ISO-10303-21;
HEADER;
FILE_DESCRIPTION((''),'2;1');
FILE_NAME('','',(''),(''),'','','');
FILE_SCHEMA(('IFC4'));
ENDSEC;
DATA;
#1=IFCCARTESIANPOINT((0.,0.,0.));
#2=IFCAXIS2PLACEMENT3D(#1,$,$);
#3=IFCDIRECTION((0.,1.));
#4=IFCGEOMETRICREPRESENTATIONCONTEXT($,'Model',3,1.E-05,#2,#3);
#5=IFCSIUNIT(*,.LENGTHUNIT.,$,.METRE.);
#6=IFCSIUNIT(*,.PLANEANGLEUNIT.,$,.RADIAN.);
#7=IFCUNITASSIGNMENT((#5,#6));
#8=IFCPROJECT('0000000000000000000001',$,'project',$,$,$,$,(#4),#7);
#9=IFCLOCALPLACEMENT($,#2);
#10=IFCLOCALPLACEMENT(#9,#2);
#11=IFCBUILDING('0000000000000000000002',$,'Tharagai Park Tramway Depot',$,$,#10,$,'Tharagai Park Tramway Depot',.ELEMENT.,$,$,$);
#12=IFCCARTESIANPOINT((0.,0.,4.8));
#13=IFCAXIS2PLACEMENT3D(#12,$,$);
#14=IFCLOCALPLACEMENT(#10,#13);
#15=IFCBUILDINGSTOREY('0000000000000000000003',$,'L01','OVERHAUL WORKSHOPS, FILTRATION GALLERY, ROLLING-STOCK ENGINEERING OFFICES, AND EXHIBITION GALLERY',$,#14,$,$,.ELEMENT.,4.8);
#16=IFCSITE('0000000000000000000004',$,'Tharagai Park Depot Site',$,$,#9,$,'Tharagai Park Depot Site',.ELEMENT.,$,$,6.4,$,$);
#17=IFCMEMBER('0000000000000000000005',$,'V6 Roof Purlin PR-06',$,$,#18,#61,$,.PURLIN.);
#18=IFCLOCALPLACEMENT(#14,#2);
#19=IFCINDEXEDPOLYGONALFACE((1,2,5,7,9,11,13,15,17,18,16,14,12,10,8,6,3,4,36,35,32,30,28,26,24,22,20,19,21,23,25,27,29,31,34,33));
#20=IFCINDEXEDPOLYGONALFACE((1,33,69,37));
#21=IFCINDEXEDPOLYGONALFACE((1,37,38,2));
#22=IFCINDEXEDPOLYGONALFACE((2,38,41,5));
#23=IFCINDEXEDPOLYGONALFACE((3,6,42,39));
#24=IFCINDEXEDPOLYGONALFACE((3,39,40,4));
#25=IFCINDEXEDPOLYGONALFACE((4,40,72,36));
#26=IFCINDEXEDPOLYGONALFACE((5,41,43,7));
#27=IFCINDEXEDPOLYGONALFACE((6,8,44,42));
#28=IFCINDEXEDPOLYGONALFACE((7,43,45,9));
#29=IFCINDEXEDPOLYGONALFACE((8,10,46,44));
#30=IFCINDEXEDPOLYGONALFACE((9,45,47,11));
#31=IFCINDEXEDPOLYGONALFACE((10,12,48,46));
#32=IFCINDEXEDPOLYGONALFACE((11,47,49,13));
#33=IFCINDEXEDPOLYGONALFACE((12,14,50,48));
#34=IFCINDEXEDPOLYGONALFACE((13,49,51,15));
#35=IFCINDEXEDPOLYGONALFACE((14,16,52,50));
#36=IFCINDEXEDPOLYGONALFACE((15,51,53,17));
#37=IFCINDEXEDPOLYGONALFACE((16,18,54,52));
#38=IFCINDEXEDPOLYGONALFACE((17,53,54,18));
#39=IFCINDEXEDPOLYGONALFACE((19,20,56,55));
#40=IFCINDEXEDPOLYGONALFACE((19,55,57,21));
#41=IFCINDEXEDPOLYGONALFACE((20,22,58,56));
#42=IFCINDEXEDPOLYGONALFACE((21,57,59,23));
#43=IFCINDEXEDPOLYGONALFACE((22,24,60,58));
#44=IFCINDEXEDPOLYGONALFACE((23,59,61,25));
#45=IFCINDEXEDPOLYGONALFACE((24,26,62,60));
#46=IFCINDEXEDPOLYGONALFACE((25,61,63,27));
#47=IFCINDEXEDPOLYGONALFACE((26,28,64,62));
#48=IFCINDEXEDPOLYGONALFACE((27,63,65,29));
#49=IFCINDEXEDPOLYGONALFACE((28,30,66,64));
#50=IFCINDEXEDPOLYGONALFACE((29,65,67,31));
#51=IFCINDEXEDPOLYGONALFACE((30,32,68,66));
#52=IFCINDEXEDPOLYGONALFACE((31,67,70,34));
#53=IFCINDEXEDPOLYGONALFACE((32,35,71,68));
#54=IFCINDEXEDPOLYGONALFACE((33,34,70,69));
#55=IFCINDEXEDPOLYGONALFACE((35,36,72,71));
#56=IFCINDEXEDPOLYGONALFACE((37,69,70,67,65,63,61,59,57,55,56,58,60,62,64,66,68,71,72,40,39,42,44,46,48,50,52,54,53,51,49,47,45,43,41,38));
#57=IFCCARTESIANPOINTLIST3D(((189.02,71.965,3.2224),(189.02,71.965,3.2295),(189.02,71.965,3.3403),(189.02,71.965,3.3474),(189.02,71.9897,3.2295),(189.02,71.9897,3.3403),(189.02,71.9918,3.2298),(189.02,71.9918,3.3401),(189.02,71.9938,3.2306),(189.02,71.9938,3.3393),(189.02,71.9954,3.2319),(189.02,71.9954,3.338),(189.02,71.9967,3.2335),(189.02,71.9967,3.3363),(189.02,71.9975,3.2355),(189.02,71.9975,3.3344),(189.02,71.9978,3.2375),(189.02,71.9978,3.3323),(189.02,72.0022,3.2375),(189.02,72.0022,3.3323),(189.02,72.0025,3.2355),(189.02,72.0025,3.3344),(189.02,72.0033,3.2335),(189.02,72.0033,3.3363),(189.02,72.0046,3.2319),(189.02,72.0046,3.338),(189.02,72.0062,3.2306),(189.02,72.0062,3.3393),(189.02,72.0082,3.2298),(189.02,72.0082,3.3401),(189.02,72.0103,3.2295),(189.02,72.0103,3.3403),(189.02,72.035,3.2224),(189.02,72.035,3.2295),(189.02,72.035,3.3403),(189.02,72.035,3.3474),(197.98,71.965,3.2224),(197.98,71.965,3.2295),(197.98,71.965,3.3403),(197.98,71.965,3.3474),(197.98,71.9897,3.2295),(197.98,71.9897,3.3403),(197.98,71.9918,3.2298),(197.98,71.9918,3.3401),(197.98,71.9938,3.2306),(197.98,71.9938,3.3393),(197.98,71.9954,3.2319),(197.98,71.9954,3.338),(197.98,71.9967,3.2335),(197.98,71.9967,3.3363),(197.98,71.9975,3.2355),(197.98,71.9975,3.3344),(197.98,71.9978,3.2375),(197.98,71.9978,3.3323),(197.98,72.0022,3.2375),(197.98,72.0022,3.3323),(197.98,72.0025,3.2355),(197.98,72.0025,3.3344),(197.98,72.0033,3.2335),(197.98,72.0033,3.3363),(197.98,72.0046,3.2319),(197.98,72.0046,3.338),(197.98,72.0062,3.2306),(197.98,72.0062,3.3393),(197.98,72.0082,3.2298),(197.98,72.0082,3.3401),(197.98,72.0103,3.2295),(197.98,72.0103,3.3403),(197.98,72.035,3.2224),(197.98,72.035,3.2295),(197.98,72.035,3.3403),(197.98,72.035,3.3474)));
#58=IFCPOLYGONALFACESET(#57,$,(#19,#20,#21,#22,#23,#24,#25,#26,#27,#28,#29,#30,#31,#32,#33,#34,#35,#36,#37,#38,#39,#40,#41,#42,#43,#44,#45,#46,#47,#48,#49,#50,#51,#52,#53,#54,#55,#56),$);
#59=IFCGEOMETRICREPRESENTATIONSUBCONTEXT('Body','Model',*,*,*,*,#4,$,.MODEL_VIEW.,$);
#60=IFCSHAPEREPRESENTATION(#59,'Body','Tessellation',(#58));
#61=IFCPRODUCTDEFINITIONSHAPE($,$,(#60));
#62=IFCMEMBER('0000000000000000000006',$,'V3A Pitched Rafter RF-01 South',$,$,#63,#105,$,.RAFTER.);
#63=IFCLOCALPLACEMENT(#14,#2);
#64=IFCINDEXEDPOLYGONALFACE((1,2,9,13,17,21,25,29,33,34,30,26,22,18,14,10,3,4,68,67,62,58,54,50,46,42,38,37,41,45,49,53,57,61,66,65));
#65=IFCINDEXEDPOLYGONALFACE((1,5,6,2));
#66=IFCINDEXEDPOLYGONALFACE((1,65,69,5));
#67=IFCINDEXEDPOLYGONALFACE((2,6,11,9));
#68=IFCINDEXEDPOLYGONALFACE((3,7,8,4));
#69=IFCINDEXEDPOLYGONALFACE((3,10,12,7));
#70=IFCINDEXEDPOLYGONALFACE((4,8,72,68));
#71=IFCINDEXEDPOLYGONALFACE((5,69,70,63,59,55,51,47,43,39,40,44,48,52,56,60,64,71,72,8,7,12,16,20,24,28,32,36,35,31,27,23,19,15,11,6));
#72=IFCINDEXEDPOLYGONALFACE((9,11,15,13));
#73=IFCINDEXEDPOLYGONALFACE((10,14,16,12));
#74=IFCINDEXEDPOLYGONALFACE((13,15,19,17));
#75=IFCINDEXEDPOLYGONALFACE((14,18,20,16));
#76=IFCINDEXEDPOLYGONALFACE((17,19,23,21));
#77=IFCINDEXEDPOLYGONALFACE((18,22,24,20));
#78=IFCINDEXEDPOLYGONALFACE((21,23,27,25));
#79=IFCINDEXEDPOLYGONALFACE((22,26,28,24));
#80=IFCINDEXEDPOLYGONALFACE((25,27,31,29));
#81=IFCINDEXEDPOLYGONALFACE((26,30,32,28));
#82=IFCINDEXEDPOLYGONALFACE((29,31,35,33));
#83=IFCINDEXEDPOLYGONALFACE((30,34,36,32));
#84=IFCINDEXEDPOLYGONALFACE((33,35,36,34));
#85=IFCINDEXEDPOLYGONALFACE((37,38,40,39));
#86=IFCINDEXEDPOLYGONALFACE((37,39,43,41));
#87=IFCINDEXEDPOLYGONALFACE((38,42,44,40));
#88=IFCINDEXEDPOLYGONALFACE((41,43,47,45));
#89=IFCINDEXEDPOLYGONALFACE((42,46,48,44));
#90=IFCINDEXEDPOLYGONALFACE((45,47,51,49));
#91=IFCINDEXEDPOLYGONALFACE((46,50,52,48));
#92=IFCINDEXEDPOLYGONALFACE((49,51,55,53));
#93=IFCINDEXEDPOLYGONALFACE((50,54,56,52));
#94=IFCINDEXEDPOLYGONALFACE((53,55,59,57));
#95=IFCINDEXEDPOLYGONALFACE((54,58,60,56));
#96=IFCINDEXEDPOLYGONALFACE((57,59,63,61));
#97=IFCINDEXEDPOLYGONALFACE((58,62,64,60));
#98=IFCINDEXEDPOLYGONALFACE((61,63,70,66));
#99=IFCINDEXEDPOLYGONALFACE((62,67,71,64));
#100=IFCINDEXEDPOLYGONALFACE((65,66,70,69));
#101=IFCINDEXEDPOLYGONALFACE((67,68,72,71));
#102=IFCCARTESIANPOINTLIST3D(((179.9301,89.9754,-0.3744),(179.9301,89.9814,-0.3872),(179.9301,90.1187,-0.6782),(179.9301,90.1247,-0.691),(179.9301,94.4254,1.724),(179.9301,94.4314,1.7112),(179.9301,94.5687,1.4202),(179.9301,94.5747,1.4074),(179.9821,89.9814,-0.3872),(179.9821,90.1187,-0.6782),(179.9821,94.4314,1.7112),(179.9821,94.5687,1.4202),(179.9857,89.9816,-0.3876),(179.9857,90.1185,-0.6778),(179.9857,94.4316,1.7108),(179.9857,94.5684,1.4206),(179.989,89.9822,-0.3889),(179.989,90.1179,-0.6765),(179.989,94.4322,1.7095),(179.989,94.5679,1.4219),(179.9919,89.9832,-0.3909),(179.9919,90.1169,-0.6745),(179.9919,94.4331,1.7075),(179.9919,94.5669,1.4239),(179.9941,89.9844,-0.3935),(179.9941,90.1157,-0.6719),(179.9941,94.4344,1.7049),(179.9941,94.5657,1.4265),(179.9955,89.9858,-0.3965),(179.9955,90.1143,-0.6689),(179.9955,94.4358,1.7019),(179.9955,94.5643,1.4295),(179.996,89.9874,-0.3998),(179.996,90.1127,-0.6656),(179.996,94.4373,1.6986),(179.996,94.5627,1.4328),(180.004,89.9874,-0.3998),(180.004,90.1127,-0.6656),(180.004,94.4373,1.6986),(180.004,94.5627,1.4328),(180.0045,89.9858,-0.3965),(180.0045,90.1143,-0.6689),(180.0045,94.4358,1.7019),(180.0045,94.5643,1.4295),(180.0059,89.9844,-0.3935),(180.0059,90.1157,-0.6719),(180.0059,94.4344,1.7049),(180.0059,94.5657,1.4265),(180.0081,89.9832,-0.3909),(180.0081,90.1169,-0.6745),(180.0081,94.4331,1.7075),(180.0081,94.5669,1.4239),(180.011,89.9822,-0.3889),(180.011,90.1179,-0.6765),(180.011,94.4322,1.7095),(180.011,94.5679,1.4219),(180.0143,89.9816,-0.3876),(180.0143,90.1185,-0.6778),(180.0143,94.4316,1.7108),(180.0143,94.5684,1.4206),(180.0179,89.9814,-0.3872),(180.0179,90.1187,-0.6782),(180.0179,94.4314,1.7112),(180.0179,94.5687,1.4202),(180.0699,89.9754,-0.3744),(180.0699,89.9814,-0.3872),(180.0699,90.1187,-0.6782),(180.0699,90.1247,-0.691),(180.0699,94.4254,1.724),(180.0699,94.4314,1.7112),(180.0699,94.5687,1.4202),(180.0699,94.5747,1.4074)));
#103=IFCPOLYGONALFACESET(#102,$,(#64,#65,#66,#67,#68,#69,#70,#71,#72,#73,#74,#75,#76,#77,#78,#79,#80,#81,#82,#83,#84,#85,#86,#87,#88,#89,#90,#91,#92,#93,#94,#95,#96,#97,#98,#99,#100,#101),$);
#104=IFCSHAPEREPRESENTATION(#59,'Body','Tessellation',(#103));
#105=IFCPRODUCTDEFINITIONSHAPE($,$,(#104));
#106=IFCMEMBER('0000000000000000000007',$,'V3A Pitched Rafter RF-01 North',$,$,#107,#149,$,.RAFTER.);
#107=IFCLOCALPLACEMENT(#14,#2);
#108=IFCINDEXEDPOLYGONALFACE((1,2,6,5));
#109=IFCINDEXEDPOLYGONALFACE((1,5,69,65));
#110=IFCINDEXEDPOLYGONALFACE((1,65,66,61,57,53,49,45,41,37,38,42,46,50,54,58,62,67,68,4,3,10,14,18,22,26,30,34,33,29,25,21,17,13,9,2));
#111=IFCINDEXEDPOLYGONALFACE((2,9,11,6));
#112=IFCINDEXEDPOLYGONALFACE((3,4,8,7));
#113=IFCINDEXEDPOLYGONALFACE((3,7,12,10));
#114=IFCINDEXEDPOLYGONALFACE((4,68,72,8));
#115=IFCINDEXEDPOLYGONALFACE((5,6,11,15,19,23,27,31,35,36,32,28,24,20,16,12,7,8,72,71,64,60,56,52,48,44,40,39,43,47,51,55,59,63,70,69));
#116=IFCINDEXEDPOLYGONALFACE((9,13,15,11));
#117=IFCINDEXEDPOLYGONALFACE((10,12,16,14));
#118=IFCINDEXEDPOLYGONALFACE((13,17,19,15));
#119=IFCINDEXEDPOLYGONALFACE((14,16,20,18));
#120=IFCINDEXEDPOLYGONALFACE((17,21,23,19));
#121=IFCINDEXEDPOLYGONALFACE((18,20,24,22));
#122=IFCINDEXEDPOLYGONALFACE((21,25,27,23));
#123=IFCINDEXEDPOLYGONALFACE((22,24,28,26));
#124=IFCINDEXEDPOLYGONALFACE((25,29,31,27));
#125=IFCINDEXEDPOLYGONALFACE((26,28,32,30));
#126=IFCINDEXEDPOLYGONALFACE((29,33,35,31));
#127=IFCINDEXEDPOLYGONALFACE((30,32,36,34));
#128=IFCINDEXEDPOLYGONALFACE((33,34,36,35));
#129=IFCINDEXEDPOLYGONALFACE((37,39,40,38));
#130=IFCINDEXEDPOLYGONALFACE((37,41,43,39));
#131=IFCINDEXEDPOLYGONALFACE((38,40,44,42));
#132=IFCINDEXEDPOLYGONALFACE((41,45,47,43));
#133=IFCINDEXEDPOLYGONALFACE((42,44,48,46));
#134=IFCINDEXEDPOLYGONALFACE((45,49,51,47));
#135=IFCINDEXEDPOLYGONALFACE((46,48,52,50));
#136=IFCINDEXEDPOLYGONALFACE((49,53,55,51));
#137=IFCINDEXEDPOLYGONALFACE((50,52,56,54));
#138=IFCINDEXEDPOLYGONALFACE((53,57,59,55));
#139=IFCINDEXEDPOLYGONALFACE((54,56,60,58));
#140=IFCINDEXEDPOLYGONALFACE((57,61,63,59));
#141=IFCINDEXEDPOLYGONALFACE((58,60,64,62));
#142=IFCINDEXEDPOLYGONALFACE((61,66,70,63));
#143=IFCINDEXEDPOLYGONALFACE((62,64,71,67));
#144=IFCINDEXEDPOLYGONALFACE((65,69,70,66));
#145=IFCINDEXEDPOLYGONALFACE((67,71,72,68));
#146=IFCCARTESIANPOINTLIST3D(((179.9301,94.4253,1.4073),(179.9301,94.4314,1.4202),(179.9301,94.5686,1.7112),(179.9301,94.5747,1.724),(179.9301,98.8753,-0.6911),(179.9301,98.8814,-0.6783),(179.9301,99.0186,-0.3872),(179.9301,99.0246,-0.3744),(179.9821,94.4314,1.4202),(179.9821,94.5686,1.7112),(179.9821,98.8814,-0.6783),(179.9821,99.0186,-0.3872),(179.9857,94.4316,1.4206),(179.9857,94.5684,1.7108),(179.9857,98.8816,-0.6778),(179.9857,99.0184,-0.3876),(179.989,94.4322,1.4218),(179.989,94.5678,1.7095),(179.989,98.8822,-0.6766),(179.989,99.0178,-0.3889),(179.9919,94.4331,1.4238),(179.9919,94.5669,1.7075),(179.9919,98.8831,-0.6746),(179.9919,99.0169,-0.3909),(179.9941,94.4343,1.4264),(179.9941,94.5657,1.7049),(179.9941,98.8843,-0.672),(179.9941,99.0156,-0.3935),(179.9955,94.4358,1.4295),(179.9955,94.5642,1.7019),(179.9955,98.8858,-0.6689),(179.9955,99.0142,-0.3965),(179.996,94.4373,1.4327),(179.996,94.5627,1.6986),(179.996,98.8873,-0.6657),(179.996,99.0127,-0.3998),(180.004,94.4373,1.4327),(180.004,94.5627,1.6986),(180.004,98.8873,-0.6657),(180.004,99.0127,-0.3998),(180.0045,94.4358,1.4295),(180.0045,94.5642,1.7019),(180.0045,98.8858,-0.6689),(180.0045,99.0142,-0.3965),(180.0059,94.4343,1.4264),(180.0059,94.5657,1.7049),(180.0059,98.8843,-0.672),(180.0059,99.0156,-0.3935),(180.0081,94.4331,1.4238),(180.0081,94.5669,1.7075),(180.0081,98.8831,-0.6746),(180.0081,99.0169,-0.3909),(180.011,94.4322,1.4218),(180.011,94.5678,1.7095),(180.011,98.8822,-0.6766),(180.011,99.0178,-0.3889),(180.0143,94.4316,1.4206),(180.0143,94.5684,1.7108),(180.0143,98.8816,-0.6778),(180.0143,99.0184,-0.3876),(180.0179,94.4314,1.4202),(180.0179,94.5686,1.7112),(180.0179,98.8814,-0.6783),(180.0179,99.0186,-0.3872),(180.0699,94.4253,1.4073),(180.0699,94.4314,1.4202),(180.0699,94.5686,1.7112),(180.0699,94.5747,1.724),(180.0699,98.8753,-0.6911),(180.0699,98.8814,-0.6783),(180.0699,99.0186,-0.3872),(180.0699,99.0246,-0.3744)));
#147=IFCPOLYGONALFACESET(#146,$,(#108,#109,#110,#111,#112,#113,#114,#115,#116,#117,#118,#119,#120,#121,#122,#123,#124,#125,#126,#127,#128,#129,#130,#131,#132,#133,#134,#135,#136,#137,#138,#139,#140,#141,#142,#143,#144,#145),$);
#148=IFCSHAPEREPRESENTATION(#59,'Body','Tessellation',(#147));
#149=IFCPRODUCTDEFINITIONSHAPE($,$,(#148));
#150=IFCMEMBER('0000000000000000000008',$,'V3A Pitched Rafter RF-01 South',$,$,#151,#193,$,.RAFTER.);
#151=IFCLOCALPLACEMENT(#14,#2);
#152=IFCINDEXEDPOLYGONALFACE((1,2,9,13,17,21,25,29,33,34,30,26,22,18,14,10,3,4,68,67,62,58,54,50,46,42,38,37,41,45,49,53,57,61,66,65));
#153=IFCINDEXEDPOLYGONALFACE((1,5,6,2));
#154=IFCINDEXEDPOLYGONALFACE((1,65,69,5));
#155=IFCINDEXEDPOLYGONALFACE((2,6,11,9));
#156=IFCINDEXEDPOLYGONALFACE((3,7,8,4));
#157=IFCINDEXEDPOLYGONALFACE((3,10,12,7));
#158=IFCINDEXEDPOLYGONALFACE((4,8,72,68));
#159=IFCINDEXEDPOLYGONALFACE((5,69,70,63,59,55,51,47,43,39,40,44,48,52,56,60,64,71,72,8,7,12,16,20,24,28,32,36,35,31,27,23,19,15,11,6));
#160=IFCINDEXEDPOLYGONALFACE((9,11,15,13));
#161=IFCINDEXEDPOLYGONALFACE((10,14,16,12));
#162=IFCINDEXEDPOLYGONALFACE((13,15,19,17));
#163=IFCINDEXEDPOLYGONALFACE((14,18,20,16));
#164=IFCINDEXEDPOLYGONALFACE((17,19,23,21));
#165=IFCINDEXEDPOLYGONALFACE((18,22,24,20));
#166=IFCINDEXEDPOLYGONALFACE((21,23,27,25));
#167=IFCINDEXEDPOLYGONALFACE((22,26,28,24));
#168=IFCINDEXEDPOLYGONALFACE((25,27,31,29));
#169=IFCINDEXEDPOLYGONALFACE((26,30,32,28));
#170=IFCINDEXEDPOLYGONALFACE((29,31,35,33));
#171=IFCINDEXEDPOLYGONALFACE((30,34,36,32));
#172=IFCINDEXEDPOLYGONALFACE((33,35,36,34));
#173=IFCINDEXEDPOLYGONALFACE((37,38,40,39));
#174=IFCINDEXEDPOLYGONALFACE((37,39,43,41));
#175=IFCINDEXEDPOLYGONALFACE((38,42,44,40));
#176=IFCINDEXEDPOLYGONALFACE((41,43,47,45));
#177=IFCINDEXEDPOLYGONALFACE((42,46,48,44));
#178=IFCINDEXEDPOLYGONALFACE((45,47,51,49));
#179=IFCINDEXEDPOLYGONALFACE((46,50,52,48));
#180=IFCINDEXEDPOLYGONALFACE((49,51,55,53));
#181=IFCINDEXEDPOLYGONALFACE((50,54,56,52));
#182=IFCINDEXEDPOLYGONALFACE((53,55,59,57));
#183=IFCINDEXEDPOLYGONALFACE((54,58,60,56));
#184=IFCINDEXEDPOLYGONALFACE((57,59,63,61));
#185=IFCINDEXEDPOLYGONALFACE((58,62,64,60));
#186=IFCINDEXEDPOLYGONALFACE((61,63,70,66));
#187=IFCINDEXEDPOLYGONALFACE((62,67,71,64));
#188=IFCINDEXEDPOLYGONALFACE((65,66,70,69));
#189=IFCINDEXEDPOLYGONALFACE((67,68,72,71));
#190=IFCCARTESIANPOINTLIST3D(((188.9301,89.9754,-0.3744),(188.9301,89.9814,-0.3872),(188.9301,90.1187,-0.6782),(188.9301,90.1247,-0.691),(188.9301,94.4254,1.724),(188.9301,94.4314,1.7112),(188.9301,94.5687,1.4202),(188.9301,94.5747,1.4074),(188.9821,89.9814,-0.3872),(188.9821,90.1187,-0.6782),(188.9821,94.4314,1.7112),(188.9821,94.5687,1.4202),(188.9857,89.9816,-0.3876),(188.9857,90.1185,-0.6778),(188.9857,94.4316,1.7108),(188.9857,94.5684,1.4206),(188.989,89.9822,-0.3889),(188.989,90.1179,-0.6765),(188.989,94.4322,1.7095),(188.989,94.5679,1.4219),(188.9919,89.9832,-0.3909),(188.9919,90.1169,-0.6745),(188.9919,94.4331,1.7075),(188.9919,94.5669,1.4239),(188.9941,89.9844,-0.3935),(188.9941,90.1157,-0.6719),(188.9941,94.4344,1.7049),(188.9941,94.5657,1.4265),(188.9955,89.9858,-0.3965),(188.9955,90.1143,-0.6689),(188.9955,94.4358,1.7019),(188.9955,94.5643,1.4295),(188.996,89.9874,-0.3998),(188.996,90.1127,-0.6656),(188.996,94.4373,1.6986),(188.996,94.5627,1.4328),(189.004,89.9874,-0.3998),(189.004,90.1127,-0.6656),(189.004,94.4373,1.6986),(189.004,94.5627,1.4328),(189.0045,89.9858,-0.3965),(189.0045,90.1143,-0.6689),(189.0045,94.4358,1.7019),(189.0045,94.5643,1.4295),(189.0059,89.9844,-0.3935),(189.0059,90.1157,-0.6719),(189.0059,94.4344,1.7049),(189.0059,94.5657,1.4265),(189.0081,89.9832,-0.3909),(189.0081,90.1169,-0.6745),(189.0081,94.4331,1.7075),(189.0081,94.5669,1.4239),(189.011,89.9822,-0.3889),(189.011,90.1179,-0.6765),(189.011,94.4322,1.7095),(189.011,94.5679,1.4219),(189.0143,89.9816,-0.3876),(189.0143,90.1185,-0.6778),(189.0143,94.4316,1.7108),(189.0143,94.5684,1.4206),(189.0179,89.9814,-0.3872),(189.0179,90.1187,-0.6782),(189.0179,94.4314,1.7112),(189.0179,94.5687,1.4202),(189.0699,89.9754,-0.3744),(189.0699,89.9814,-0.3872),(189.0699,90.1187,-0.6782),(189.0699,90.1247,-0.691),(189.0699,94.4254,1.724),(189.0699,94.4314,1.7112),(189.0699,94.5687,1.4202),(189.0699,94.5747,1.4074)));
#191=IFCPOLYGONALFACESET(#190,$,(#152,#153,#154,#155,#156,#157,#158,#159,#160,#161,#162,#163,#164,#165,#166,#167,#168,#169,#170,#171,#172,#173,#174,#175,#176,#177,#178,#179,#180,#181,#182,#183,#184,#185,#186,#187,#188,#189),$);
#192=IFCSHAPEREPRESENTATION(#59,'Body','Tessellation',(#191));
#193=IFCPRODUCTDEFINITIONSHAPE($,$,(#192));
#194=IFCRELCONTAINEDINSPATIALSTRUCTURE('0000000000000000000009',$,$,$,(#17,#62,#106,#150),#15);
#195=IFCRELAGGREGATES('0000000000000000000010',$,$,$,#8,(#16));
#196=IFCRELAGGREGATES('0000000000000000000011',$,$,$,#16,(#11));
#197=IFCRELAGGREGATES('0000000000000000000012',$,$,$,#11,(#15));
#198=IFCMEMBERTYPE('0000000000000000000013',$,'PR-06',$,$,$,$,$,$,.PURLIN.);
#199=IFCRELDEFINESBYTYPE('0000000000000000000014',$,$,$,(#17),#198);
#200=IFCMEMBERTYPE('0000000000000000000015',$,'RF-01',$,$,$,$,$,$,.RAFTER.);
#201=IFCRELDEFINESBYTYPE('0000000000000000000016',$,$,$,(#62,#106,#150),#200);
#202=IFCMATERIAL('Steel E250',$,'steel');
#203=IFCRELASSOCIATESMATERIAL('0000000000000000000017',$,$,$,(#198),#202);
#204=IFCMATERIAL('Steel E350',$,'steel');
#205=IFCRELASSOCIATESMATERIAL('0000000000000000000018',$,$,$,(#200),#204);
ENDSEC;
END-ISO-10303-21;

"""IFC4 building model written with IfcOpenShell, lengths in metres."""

from ifc_helpers import new_model, si_unit, direction, frame, origin, origin_2d, place, context, subcontext, project, spatial, i_section, extrude, material, material_profile, profile_set, type_object, element, save


model = new_model("IFC4")

# Units and contexts
model_context = context("Model", 3, precision=1e-05, world=origin(), true_north=direction((0.0, 1.0)))
body_context = subcontext(model_context, "Body", "Model", "MODEL_VIEW")
ifc_project = project(units=[si_unit("LENGTHUNIT", "METRE"), si_unit("PLANEANGLEUNIT", "RADIAN")], contexts=[model_context])

# Site, building, storey
site_placement = place(None, origin())
site = spatial("IfcSite", under=ifc_project, at=site_placement, Name="Tharagai Park Depot Site", LongName="Tharagai Park Depot Site", CompositionType="ELEMENT", RefElevation=6.4)
building_placement = place(site_placement, origin())
building = spatial("IfcBuilding", under=site, at=building_placement, Name="Tharagai Park Tramway Depot", LongName="Tharagai Park Tramway Depot", CompositionType="ELEMENT")
storey_placement = place(building_placement, frame((0.0, 0.0, 4.8)))
storey = spatial("IfcBuildingStorey", under=building, at=storey_placement, Name="L01", Description="OVERHAUL WORKSHOPS, FILTRATION GALLERY, ROLLING-STOCK ENGINEERING OFFICES, AND EXHIBITION GALLERY", CompositionType="ELEMENT", Elevation=4.8)

# Shared definitions
ifc_material_1 = material(Name="Steel E350", Category="steel")

# Members
ifc_material_2 = material(Name="Steel E250", Category="steel")
ifc_material_profile_1 = material_profile(ifc_material_2, i_section(OverallWidth=0.0701, OverallDepth=0.125, WebThickness=0.0044, FlangeThickness=0.0071, FilletRadius=0.0081, at=origin_2d()), Name="ISMB 125")
ifc_profile_set_1 = profile_set([ifc_material_profile_1], Name="Steel E250")
member_type_1 = type_object("IfcMemberType", Name="PR-06", PredefinedType="PURLIN", material=ifc_profile_set_1)
for number, where, z_axis, x_axis, name in (
    (1, (189.02, 72.0, 3.2849), (1.0, 0.0, 0.0), (0.0, 1.0, 0.0), "V6 Roof Purlin PR-06"),
):
    element("IfcMember", number, at=place(storey_placement, frame(where, z_axis=z_axis, x_axis=x_axis)), inside=storey, type_object=member_type_1, Name=name, PredefinedType="PURLIN", context=body_context, shape_type="SweptSolid", body=[
        extrude(i_section(OverallWidth=0.0701, OverallDepth=0.125, WebThickness=0.0044, FlangeThickness=0.0071, FilletRadius=0.0081, at=origin_2d()), origin(), (0.0, 0.0, 1.0), 8.96),
    ])
ifc_material_profile_2 = material_profile(ifc_material_1, i_section(OverallWidth=0.1399, OverallDepth=0.3501, WebThickness=0.0081, FlangeThickness=0.0142, FilletRadius=0.0139, at=origin_2d()), Name="ISMB 350")
ifc_profile_set_2 = profile_set([ifc_material_profile_2], Name="Steel E350")
member_type_2 = type_object("IfcMemberType", Name="RF-01", PredefinedType="RAFTER", material=ifc_profile_set_2)
for number, where, z_axis, x_axis, name in (
    (2, (180.0, 90.05, -0.5327), (0.0, 0.904482, 0.426511), (-1.0, 0.0, 0.0), "V3A Pitched Rafter RF-01 South"),
    (3, (180.0, 94.5, 1.5657), (0.0, 0.904482, -0.426511), (-1.0, 0.0, 0.0), "V3A Pitched Rafter RF-01 North"),
    (4, (189.0, 90.05, -0.5327), (0.0, 0.904482, 0.426511), (-1.0, 0.0, 0.0), "V3A Pitched Rafter RF-01 South"),
):
    element("IfcMember", number, at=place(storey_placement, frame(where, z_axis=z_axis, x_axis=x_axis)), inside=storey, type_object=member_type_2, Name=name, PredefinedType="RAFTER", context=body_context, shape_type="SweptSolid", body=[
        extrude(i_section(OverallWidth=0.1399, OverallDepth=0.3501, WebThickness=0.0081, FlangeThickness=0.0142, FilletRadius=0.0139, at=origin_2d()), origin(), (0.0, 0.0, 1.0), 4.9199),
    ])

save(model, "model.ifc")
